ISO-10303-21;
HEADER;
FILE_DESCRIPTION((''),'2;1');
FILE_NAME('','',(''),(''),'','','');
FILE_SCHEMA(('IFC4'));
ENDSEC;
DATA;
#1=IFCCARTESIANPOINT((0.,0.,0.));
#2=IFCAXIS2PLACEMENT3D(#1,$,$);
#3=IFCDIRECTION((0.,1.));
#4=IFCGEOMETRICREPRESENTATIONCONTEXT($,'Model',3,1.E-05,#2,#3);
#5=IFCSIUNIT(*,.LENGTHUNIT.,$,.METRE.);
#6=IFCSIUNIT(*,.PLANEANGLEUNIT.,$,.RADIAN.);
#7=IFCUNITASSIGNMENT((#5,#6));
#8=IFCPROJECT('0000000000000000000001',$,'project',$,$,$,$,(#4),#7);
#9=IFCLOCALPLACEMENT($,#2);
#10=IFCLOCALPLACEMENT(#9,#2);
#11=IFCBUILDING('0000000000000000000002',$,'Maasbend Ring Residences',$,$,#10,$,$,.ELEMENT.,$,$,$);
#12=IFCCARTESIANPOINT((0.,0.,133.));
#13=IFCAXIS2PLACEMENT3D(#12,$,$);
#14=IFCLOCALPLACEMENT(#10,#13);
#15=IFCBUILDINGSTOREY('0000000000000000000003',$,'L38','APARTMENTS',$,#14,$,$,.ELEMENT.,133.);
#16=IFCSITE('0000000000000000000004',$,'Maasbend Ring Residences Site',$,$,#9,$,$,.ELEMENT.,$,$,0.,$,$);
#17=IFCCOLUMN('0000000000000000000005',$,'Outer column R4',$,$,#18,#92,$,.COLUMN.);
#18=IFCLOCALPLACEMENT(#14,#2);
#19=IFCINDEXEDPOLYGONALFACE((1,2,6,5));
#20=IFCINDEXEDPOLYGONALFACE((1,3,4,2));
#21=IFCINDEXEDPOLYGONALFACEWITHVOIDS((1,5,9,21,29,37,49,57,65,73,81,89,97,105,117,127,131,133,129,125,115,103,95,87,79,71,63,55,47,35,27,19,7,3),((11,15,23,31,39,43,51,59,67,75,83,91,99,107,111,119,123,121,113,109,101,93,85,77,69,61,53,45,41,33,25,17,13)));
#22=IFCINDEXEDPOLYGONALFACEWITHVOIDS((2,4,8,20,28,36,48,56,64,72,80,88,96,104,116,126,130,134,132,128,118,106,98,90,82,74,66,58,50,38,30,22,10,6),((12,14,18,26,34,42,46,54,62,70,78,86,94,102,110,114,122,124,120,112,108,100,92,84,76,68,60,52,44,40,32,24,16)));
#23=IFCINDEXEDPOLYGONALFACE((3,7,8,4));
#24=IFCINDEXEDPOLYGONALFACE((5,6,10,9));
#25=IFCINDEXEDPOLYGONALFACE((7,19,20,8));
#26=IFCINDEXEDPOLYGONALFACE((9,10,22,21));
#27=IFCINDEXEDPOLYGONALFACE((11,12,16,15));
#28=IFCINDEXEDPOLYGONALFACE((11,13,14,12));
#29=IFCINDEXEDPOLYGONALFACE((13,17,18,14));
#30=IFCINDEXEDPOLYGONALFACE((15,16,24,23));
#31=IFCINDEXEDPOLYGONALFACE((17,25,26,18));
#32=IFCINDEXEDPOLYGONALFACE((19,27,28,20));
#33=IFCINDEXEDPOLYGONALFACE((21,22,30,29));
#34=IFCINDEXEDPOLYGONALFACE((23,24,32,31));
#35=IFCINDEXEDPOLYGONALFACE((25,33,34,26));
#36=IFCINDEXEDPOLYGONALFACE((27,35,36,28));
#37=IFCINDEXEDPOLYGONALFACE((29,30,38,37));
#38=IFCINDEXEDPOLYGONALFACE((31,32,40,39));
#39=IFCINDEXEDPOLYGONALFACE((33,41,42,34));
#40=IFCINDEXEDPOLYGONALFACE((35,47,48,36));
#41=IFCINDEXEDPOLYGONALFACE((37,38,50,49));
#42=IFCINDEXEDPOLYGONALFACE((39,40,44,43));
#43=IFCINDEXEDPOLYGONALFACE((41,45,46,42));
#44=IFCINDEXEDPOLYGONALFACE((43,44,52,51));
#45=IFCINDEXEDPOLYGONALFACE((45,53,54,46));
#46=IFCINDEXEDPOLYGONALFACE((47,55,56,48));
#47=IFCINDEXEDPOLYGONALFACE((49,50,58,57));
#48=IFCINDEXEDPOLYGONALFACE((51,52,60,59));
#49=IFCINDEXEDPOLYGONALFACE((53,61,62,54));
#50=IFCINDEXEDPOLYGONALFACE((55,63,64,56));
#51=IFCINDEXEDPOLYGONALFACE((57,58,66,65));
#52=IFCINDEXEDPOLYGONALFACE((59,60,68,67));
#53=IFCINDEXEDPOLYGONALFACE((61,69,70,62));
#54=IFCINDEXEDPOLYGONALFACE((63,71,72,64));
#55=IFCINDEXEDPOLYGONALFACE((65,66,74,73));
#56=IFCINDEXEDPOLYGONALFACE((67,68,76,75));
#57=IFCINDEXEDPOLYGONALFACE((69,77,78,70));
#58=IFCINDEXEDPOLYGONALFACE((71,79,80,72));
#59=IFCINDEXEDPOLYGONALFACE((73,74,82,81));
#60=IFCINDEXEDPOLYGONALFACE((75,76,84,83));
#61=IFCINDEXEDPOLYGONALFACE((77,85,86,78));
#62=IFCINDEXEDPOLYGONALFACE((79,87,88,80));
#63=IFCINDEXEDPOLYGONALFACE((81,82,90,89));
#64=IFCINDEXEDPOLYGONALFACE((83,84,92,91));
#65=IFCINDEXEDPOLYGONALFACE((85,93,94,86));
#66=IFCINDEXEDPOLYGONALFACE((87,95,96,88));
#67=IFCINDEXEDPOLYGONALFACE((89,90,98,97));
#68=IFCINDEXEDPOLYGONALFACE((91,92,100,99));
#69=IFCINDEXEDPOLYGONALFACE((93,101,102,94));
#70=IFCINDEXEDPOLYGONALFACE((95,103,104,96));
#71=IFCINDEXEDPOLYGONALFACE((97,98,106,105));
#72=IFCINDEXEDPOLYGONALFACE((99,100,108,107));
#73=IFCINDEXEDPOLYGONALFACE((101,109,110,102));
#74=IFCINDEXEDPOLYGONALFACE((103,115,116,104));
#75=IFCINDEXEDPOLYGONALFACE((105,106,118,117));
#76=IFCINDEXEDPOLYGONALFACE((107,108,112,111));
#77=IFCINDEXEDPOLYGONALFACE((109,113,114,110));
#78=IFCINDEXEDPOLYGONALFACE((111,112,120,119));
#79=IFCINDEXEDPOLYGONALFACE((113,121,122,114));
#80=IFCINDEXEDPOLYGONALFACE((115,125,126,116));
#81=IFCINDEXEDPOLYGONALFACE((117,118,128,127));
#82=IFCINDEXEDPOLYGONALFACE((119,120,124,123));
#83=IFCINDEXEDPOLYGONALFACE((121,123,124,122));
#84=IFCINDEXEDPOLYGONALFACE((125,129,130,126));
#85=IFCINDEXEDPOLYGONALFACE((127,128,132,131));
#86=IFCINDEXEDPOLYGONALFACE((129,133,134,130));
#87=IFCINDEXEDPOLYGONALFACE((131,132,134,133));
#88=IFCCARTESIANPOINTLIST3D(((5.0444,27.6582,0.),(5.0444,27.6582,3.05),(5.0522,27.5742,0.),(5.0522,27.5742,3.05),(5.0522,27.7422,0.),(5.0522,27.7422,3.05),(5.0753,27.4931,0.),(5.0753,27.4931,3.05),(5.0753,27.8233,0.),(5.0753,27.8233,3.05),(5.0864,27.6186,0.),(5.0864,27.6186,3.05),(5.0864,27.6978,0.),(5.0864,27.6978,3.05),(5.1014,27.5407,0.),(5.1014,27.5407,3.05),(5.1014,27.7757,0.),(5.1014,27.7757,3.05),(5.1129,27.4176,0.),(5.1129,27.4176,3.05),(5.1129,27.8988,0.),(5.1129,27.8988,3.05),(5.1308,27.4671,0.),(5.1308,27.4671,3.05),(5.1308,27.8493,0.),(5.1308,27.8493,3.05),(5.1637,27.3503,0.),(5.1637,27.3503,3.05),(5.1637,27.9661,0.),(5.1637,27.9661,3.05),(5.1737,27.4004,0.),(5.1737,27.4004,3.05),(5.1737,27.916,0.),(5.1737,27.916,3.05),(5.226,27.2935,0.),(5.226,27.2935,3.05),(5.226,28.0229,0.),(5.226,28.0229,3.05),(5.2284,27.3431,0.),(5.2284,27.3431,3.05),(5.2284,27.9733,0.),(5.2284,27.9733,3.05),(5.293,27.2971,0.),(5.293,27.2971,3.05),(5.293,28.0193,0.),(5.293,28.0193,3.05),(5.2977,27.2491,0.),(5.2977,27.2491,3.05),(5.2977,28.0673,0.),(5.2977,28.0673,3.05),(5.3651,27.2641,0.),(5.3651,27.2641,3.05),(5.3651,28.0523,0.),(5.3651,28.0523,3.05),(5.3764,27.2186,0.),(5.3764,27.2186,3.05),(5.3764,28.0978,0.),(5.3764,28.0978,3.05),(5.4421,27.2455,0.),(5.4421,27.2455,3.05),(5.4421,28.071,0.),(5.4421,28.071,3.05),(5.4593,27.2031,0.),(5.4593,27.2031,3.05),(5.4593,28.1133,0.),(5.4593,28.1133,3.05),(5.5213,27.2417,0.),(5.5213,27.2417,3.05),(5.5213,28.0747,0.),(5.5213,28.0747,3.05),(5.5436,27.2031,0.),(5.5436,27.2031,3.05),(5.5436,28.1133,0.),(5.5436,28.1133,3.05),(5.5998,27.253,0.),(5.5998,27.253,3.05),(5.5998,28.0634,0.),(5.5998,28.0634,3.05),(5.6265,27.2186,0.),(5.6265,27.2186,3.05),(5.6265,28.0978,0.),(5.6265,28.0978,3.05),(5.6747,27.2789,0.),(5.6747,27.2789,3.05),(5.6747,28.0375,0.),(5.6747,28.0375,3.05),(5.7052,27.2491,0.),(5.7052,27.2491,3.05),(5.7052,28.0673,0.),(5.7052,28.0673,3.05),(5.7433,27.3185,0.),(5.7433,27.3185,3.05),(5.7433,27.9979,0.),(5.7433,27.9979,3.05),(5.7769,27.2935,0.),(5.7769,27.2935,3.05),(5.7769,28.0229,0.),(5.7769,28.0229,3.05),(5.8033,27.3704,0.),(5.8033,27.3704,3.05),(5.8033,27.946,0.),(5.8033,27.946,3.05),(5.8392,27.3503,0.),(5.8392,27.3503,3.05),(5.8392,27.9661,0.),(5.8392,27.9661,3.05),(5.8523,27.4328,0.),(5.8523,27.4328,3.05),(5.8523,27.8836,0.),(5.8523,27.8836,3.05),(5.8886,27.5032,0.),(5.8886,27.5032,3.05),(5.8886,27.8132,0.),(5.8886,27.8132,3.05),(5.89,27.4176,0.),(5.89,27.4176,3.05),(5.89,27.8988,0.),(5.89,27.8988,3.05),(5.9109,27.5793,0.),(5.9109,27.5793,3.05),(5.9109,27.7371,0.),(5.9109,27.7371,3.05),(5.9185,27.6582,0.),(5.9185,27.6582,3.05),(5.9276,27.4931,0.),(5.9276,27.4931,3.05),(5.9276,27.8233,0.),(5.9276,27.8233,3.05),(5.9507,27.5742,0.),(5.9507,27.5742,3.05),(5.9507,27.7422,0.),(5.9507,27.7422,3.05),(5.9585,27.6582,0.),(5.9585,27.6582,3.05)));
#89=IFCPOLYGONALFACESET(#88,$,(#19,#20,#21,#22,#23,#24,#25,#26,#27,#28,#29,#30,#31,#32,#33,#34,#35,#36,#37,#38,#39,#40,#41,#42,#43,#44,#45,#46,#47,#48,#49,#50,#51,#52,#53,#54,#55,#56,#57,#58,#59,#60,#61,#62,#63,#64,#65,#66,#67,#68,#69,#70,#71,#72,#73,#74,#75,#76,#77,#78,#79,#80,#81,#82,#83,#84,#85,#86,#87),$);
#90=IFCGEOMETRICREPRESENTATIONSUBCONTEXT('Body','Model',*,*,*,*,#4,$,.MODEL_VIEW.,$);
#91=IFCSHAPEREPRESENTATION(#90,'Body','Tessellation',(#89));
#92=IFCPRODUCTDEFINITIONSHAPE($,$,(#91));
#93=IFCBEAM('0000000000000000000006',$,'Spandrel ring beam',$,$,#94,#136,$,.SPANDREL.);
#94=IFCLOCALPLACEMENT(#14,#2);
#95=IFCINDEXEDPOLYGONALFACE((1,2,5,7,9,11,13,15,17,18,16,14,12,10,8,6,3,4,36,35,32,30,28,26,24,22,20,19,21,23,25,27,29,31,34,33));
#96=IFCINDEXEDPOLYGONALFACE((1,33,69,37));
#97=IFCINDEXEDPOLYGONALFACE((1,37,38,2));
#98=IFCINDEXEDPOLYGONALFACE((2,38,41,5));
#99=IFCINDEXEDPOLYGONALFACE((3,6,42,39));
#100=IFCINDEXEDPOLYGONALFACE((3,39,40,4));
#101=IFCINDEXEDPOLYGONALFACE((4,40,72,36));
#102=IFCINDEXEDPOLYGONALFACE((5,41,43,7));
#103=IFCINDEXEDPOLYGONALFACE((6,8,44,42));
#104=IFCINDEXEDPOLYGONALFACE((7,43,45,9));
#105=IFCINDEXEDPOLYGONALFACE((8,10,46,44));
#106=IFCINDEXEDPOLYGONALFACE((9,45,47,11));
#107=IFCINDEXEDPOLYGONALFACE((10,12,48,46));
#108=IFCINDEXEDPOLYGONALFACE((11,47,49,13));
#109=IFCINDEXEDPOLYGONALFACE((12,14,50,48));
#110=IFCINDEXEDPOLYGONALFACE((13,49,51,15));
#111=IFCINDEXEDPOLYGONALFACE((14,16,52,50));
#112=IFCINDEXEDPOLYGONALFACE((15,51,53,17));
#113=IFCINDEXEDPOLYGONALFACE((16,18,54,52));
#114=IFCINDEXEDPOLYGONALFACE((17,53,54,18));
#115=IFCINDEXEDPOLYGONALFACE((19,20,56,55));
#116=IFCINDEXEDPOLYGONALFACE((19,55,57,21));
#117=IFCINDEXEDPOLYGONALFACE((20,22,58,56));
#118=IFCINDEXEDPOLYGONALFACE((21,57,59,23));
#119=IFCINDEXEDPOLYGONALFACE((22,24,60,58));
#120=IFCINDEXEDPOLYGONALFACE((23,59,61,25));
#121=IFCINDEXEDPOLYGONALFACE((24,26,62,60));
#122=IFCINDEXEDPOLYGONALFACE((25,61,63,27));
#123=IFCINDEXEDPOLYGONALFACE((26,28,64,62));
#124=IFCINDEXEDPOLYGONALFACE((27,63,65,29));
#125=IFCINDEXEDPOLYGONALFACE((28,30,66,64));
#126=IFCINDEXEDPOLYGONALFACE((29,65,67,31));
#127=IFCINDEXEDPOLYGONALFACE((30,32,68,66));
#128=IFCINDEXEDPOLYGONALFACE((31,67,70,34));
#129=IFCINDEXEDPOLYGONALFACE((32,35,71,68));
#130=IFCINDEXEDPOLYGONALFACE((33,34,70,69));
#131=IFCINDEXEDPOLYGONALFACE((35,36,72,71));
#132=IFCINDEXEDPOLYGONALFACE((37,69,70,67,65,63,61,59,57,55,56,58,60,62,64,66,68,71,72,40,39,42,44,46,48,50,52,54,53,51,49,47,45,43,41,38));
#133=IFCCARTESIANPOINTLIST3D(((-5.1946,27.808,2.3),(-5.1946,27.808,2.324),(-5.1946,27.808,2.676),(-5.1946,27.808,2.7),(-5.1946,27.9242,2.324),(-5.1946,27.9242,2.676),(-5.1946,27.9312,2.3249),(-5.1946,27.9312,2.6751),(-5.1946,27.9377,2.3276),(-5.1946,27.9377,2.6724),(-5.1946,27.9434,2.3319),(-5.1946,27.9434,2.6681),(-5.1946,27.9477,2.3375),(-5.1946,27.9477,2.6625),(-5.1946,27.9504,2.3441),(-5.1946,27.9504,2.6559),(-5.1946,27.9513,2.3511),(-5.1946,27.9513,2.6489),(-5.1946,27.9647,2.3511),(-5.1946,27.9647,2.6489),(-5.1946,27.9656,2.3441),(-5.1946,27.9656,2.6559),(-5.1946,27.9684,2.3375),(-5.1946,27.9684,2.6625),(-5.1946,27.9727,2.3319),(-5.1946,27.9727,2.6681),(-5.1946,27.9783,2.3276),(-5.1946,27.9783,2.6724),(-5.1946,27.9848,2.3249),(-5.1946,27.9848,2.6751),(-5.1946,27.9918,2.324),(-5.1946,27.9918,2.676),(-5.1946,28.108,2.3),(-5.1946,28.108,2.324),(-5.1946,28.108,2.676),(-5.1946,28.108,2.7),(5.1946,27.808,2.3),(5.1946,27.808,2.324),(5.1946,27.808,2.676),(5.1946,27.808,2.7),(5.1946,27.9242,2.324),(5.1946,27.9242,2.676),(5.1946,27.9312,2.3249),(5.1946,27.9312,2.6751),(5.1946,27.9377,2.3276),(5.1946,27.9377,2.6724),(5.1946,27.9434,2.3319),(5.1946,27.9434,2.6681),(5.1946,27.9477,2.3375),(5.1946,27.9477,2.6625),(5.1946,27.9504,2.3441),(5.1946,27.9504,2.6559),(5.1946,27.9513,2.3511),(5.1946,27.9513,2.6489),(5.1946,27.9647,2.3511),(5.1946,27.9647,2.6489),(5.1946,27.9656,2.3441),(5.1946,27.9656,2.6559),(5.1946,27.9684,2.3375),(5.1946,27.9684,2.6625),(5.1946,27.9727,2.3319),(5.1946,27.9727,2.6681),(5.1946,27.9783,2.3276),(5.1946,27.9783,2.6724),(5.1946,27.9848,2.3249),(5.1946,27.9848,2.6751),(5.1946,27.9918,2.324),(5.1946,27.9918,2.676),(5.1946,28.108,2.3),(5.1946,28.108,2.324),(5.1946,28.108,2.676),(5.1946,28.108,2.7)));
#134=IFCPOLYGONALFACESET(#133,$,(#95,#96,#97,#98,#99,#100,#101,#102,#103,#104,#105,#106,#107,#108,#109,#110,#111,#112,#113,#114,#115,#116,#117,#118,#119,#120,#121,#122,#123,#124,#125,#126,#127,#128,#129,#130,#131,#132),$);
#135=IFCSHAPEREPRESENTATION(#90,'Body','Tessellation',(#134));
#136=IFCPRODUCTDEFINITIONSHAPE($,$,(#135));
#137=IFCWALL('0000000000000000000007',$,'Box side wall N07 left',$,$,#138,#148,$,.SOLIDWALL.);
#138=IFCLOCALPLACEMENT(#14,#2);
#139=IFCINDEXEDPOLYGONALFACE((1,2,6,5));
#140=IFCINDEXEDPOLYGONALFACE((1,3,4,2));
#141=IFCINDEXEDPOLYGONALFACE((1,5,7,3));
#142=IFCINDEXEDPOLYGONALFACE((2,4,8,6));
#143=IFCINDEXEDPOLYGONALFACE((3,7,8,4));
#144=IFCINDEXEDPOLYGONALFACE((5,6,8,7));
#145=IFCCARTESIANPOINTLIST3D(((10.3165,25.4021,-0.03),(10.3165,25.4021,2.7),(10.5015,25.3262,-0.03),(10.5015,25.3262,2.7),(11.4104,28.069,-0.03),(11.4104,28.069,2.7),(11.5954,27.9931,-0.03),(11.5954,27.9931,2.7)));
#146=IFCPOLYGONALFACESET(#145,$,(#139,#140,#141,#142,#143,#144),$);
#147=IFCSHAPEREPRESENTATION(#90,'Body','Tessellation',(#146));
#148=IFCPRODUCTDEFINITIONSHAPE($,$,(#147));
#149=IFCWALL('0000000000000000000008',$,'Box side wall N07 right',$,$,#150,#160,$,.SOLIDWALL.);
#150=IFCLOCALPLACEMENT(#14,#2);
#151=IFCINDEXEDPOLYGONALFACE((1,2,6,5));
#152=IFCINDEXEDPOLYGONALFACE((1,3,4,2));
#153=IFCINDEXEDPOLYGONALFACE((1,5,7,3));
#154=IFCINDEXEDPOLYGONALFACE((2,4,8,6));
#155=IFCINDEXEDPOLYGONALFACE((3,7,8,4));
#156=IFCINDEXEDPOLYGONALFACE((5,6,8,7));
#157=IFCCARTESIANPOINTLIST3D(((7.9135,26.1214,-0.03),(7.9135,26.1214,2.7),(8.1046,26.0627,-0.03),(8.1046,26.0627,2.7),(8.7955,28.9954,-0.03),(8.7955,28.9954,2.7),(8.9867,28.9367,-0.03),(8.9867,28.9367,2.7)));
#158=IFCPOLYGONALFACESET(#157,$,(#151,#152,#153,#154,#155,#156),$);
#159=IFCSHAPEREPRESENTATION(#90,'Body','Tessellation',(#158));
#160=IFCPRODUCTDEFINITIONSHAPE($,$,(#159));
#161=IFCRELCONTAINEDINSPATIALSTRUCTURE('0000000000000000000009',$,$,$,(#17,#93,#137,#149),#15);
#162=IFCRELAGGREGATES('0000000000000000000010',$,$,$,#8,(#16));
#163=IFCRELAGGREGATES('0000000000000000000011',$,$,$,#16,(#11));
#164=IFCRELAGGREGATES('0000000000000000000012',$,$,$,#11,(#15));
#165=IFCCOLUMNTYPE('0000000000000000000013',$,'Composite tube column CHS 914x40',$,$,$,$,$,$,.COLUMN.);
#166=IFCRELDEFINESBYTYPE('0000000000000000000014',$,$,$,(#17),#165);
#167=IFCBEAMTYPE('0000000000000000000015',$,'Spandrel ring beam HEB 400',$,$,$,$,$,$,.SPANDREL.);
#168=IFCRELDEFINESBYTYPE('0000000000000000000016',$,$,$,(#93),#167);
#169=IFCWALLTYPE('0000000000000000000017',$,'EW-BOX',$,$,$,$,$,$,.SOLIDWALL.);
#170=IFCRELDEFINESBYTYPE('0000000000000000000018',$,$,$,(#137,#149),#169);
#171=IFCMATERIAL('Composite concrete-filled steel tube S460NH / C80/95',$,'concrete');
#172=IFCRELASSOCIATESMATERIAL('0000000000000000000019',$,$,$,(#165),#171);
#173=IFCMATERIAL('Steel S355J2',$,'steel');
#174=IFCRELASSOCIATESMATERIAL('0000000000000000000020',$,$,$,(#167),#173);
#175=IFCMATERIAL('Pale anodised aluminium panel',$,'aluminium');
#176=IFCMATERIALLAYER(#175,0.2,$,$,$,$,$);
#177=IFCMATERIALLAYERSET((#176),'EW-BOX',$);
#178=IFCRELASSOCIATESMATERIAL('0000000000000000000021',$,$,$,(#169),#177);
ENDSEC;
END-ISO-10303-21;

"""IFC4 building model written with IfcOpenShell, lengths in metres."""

from ifc_helpers import new_model, si_unit, direction, frame, frame_2d, origin, origin_2d, place, context, subcontext, project, spatial, rectangle, hollow_circle, i_section, extrude, material, layer, layer_set, material_profile, profile_set, type_object, element, save


model = new_model("IFC4")

# Units and contexts
model_context = context("Model", 3, precision=1e-05, world=origin(), true_north=direction((0.0, 1.0)))
body_context = subcontext(model_context, "Body", "Model", "MODEL_VIEW")
ifc_project = project(units=[si_unit("LENGTHUNIT", "METRE"), si_unit("PLANEANGLEUNIT", "RADIAN")], contexts=[model_context])

# Site, building, storey
site_placement = place(None, origin())
site = spatial("IfcSite", under=ifc_project, at=site_placement, Name="Maasbend Ring Residences Site", CompositionType="ELEMENT", RefElevation=0.0)
building_placement = place(site_placement, origin())
building = spatial("IfcBuilding", under=site, at=building_placement, Name="Maasbend Ring Residences", CompositionType="ELEMENT")
storey_placement = place(building_placement, frame((0.0, 0.0, 133.0)))
storey = spatial("IfcBuildingStorey", under=building, at=storey_placement, Name="L38", Description="APARTMENTS", CompositionType="ELEMENT", Elevation=133.0)

# Column
ifc_material_1 = material(Name="Composite concrete-filled steel tube S460NH / C80/95", Category="concrete")
ifc_material_profile_1 = material_profile(ifc_material_1, hollow_circle(Radius=0.457, WallThickness=0.04, at=origin_2d()), Name="Composite tube column CHS 914x40")
ifc_profile_set_1 = profile_set([ifc_material_profile_1], Name="Composite concrete-filled steel tube S460NH / C80/95")
column_type = type_object("IfcColumnType", Name="Composite tube column CHS 914x40", PredefinedType="COLUMN", material=ifc_profile_set_1)
column_placement = place(storey_placement, frame((5.5015, 27.6582, 0.0), z_axis=(0.0, 0.0, 1.0), x_axis=(1.0, 0.0, 0.0)))
element("IfcColumn", 1, at=column_placement, inside=storey, type_object=column_type, Name="Outer column R4", PredefinedType="COLUMN", context=body_context, shape_type="SweptSolid", body=[
    extrude(hollow_circle(Radius=0.457, WallThickness=0.04, at=origin_2d()), origin(), (0.0, 0.0, 1.0), 3.05),
])

# Beam
ifc_material_2 = material(Name="Steel S355J2", Category="steel")
ifc_material_profile_2 = material_profile(ifc_material_2, i_section(OverallWidth=0.3, OverallDepth=0.3999, WebThickness=0.0134, FlangeThickness=0.0239, FilletRadius=0.0271, at=origin_2d()), Name="HEB 400")
ifc_profile_set_2 = profile_set([ifc_material_profile_2], Name="Steel S355J2")
beam_type = type_object("IfcBeamType", Name="Spandrel ring beam HEB 400", PredefinedType="SPANDREL", material=ifc_profile_set_2)
beam_placement = place(storey_placement, frame((5.1946, 27.958, 2.5), z_axis=(-1.0, 0.0, 0.0), x_axis=(0.0, -1.0, 0.0)))
element("IfcBeam", 2, at=beam_placement, inside=storey, type_object=beam_type, Name="Spandrel ring beam", PredefinedType="SPANDREL", context=body_context, shape_type="SweptSolid", body=[
    extrude(i_section(OverallWidth=0.3, OverallDepth=0.3999, WebThickness=0.0134, FlangeThickness=0.0239, FilletRadius=0.0271, at=origin_2d()), origin(), (0.0, 0.0, 1.0), 10.3892),
])

# Walls
ifc_material_3 = material(Name="Pale anodised aluminium panel", Category="aluminium")
ifc_layer_1 = layer(ifc_material_3, 0.2)
ifc_layer_set_1 = layer_set([ifc_layer_1], Name="EW-BOX")
wall_type_1 = type_object("IfcWallType", Name="EW-BOX", PredefinedType="SOLIDWALL", material=ifc_layer_set_1)
wall_1_placement = place(storey_placement, frame((10.4089, 25.364, -0.03), z_axis=(0.0, 0.0, 1.0), x_axis=(0.37951, 0.925188, 0.0)))
element("IfcWall", 3, at=wall_1_placement, inside=storey, type_object=wall_type_1, Name="Box side wall N07 left", PredefinedType="SOLIDWALL", context=body_context, shape_type="SweptSolid", body=[
    extrude(rectangle(XDim=2.8826, YDim=0.2, at=frame_2d((1.4414, 0.0))), origin(), (0.0, 0.0, 1.0), 2.73),
])
wall_2_placement = place(storey_placement, frame((8.009, 26.092, -0.03), z_axis=(0.0, 0.0, 1.0), x_axis=(0.293407, 0.955988, 0.0)))
element("IfcWall", 4, at=wall_2_placement, inside=storey, type_object=wall_type_1, Name="Box side wall N07 right", PredefinedType="SOLIDWALL", context=body_context, shape_type="SweptSolid", body=[
    extrude(rectangle(XDim=3.0063, YDim=0.2, at=frame_2d((1.5032, 0.0))), origin(), (0.0, 0.0, 1.0), 2.73),
])

save(model, "model.ifc")
